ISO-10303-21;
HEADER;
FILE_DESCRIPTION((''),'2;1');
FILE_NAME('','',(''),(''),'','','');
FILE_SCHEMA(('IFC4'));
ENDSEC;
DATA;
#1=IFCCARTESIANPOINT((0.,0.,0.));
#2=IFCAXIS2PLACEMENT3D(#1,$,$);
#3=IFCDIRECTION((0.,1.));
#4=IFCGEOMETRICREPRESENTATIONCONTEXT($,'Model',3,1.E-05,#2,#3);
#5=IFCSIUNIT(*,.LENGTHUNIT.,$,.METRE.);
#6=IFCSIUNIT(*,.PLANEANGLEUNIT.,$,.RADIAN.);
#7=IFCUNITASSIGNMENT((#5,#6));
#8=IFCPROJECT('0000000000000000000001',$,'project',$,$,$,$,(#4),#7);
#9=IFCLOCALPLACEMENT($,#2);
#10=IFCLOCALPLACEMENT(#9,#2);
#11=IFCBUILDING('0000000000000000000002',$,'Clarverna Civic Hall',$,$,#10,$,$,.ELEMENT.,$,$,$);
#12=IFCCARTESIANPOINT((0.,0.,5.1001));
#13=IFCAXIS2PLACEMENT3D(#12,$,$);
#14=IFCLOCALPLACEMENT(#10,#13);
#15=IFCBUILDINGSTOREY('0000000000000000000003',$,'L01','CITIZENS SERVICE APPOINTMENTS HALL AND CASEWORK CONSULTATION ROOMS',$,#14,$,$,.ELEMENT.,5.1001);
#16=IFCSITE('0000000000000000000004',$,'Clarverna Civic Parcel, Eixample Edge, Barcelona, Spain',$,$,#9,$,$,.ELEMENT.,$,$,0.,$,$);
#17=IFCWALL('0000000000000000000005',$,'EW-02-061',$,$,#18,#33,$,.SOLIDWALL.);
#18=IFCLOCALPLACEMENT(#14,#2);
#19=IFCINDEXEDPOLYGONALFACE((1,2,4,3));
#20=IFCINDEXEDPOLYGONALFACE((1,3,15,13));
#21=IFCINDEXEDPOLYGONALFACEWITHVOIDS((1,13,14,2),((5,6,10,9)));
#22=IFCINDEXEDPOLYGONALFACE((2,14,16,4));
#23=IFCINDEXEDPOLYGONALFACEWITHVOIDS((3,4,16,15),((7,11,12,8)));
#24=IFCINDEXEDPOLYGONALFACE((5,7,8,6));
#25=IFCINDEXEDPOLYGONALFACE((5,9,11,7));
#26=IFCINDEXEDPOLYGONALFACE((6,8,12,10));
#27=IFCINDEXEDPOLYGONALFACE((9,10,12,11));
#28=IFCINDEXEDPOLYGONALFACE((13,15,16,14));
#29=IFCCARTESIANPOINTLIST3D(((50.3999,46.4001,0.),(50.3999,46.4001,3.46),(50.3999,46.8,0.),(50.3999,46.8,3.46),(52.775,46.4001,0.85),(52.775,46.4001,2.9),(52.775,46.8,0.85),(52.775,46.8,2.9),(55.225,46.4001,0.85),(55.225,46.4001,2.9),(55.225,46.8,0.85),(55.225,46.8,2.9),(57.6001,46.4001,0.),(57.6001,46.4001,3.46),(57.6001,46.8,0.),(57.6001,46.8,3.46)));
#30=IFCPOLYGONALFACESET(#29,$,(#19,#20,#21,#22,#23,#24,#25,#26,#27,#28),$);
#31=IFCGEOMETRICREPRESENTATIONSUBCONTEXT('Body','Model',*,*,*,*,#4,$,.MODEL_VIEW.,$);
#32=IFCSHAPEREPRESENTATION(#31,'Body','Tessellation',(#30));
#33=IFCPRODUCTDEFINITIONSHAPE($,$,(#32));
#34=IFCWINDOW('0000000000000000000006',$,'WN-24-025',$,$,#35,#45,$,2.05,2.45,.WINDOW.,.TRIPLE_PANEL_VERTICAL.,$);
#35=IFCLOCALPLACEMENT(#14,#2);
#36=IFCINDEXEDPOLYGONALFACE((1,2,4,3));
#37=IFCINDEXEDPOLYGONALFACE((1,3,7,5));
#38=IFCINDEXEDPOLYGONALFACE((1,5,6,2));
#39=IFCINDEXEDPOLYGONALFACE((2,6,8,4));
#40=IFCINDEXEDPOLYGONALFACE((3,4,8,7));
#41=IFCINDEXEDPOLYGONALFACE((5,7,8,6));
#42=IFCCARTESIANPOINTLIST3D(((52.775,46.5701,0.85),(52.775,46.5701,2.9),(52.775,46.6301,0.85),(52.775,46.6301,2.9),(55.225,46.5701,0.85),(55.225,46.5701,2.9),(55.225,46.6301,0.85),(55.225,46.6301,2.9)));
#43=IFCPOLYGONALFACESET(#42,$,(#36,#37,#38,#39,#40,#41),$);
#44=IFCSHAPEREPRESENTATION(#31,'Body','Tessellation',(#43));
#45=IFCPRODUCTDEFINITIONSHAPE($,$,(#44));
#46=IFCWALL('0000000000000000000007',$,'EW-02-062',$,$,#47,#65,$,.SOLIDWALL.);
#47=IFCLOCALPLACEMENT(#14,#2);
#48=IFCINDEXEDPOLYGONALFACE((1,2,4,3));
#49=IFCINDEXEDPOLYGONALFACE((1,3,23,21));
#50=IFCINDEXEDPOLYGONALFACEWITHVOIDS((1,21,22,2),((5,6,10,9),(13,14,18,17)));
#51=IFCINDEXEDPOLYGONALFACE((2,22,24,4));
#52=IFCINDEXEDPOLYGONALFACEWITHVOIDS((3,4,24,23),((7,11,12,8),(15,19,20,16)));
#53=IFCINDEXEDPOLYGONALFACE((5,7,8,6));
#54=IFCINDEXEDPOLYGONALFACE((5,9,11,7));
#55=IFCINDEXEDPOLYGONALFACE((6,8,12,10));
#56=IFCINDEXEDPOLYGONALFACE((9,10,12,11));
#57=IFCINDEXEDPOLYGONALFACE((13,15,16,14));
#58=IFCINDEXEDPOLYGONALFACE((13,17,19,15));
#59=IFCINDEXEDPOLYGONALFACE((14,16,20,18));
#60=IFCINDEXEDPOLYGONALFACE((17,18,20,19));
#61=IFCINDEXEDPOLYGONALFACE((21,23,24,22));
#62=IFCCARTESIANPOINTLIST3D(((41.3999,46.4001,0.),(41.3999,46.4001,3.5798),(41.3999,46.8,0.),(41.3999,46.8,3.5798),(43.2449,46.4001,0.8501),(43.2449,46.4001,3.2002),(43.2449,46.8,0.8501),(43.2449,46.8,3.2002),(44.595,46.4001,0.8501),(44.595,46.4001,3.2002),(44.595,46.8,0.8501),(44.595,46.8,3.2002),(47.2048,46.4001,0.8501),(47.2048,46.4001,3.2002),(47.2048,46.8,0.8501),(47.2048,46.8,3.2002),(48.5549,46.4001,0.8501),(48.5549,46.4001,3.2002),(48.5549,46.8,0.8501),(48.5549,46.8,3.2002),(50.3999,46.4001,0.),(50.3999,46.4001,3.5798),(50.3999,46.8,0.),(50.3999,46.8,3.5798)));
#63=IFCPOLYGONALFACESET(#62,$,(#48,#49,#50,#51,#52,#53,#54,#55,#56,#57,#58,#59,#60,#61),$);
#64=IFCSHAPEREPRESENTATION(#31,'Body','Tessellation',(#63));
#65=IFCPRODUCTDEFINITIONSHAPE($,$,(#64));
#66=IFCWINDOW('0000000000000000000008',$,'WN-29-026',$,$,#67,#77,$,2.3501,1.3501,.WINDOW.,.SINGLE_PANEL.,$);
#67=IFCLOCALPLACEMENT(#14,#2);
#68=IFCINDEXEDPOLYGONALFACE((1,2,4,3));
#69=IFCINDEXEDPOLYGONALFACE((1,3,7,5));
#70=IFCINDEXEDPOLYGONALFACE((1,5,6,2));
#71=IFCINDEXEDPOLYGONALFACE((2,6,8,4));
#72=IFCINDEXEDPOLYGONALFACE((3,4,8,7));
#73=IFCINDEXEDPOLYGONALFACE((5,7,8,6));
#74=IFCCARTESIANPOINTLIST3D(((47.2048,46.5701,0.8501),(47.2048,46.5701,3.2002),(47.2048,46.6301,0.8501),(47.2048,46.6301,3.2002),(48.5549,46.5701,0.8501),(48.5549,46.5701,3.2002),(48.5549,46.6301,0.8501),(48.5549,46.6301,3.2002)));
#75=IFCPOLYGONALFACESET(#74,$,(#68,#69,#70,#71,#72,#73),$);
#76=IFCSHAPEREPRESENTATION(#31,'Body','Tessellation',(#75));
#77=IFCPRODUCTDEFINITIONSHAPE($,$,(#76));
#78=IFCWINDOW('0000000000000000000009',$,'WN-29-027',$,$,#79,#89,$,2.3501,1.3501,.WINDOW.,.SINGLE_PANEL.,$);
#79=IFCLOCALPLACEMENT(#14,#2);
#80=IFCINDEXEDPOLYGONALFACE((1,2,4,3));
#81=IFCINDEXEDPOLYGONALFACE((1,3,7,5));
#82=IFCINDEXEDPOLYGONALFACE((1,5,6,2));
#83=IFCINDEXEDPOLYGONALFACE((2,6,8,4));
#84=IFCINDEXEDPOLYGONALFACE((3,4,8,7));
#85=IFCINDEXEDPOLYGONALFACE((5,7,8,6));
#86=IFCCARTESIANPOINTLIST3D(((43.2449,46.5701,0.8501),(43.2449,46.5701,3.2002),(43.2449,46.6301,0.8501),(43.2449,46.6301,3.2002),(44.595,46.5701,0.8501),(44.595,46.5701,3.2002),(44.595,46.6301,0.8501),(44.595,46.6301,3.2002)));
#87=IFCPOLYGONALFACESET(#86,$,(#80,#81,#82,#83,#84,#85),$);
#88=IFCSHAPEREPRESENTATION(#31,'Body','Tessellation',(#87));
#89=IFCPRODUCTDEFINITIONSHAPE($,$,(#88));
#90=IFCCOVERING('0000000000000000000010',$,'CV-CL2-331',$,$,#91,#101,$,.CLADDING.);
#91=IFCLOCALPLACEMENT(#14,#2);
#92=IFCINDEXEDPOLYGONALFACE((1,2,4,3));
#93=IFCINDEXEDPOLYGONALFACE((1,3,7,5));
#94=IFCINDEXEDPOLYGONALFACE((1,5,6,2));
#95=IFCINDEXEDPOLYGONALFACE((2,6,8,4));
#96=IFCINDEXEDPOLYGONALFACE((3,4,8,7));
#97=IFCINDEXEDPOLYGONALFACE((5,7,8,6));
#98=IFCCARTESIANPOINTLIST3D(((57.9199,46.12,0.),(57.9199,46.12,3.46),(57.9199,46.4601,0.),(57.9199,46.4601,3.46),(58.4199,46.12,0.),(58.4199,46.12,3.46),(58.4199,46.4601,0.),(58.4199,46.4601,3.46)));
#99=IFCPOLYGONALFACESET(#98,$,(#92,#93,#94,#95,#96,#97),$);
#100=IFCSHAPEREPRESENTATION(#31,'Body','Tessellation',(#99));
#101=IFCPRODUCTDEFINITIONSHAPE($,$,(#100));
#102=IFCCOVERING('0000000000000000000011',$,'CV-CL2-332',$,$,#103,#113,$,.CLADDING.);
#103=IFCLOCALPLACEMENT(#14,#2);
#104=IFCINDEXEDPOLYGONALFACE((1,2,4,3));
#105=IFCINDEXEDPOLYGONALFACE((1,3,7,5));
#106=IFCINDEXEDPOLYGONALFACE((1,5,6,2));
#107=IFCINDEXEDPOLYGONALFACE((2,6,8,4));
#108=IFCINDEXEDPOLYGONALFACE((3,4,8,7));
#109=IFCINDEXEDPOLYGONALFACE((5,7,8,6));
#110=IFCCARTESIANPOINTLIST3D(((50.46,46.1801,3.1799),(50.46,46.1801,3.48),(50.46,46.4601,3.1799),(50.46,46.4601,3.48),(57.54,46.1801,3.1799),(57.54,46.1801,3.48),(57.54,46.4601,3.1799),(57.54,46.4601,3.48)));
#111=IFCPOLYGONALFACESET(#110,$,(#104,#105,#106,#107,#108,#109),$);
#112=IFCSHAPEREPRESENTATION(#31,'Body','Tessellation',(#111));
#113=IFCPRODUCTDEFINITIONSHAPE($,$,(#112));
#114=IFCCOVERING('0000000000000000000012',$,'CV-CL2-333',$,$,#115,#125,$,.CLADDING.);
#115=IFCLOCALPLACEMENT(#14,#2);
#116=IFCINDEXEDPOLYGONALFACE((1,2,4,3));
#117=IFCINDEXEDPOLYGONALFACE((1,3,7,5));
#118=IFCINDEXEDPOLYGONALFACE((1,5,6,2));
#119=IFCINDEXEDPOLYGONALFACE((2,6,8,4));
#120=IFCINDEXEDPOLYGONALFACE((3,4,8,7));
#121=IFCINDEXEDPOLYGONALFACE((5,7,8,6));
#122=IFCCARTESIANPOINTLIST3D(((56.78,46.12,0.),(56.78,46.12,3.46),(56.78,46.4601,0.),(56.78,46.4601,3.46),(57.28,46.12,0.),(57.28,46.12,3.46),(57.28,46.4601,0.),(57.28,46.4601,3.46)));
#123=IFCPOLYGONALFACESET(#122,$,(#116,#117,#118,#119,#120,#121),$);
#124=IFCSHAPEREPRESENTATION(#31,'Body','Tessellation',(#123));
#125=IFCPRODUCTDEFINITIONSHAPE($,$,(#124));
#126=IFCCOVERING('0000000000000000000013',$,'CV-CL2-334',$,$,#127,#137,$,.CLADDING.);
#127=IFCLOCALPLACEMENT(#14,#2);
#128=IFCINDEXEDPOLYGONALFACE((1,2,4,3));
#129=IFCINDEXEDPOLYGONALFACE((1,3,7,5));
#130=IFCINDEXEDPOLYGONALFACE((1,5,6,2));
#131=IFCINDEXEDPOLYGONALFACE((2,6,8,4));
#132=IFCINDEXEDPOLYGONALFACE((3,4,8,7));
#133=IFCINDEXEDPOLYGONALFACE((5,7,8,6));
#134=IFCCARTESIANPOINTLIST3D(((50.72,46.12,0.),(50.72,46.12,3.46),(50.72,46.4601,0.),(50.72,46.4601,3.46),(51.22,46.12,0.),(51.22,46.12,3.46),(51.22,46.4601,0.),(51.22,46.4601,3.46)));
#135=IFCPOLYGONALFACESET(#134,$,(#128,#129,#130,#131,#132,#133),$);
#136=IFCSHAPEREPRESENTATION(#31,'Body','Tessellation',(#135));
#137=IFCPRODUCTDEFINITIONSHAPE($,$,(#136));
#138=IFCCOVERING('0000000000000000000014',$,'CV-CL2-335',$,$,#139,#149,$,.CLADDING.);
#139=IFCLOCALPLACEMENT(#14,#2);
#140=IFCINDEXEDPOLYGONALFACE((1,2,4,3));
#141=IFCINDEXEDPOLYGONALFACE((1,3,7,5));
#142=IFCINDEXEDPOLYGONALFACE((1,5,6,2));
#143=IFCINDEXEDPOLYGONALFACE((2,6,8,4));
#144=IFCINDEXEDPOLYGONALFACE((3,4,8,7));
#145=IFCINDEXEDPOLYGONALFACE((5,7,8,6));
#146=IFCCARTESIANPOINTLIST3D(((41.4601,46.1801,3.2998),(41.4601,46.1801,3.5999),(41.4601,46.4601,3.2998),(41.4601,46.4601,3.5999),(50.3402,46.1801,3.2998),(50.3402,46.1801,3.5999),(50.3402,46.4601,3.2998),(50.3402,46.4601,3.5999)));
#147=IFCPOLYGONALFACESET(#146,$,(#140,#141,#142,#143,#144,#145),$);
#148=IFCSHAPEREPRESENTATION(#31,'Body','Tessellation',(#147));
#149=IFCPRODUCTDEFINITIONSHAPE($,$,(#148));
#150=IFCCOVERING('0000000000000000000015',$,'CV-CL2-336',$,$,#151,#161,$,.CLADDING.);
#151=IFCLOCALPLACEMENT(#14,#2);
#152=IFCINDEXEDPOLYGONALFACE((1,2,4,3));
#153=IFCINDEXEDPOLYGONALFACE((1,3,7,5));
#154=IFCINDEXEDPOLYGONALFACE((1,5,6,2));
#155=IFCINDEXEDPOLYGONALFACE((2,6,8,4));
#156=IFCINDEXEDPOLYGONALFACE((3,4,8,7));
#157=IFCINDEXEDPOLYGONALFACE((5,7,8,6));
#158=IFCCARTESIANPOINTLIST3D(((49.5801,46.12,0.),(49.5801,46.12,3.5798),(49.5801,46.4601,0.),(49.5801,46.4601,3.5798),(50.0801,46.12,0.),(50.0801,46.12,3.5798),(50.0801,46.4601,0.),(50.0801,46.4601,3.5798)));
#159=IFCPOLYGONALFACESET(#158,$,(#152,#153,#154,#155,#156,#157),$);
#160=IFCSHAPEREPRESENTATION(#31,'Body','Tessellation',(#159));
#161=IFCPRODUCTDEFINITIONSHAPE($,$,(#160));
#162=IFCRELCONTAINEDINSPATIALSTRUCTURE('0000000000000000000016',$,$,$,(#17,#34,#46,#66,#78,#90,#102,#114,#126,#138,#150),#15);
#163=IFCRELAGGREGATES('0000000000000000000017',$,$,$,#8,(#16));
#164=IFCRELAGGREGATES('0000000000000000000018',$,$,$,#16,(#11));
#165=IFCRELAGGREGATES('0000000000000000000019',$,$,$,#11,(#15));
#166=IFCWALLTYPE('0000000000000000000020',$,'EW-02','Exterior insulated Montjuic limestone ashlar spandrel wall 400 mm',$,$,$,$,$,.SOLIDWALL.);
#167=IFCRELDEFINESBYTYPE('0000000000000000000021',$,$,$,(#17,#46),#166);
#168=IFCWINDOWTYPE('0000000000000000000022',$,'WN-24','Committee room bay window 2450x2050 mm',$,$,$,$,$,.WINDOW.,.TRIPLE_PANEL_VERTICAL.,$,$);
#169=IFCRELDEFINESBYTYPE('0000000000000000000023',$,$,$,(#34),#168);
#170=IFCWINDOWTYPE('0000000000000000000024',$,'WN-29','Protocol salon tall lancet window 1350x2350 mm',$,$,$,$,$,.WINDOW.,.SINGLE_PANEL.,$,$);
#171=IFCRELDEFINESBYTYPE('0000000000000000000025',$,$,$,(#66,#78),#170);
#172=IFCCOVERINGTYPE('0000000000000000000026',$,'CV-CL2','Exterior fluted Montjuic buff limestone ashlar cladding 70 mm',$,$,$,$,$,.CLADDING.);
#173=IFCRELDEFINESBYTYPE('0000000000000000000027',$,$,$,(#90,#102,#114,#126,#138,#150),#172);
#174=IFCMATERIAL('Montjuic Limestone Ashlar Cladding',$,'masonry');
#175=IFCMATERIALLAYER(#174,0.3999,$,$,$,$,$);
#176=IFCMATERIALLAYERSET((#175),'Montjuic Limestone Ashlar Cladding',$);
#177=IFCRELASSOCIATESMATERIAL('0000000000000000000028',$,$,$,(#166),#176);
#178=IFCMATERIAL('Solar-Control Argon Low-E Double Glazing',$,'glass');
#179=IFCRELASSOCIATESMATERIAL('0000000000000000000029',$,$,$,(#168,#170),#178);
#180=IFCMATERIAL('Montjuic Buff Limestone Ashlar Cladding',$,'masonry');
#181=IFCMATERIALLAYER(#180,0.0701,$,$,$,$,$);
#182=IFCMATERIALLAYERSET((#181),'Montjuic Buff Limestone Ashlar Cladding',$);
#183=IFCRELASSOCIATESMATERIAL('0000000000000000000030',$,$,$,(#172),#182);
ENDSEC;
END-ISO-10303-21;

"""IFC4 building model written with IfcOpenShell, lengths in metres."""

from ifc_helpers import new_model, si_unit, direction, frame, frame_2d, origin, place, context, subcontext, project, spatial, rectangle, extrude, material, layer, layer_set, type_object, element, fill, save


model = new_model("IFC4")

# Units and contexts
model_context = context("Model", 3, precision=1e-05, world=origin(), true_north=direction((0.0, 1.0)))
body_context = subcontext(model_context, "Body", "Model", "MODEL_VIEW")
ifc_project = project(units=[si_unit("LENGTHUNIT", "METRE"), si_unit("PLANEANGLEUNIT", "RADIAN")], contexts=[model_context])

# Site, building, storey
site_placement = place(None, origin())
site = spatial("IfcSite", under=ifc_project, at=site_placement, Name="Clarverna Civic Parcel, Eixample Edge, Barcelona, Spain", CompositionType="ELEMENT", RefElevation=0.0)
building_placement = place(site_placement, origin())
building = spatial("IfcBuilding", under=site, at=building_placement, Name="Clarverna Civic Hall", CompositionType="ELEMENT")
storey_placement = place(building_placement, frame((0.0, 0.0, 5.1001)))
storey = spatial("IfcBuildingStorey", under=building, at=storey_placement, Name="L01", Description="CITIZENS SERVICE APPOINTMENTS HALL AND CASEWORK CONSULTATION ROOMS", CompositionType="ELEMENT", Elevation=5.1001)

# Wall, opening, window
ifc_material_1 = material(Name="Montjuic Limestone Ashlar Cladding", Category="masonry")
ifc_layer_1 = layer(ifc_material_1, 0.3999)
ifc_layer_set_1 = layer_set([ifc_layer_1], Name="Montjuic Limestone Ashlar Cladding")
wall_type = type_object("IfcWallType", Name="EW-02", Description="Exterior insulated Montjuic limestone ashlar spandrel wall 400 mm", PredefinedType="SOLIDWALL", material=ifc_layer_set_1)
wall_1_placement = place(storey_placement, frame((57.6001, 46.6001, 0.0), z_axis=(0.0, 0.0, 1.0), x_axis=(-1.0, 0.0, 0.0)))
wall_1 = element("IfcWall", 1, at=wall_1_placement, inside=storey, type_object=wall_type, Name="EW-02-061", PredefinedType="SOLIDWALL", context=body_context, shape_type="SweptSolid", body=[
    extrude(rectangle(XDim=7.2002, YDim=0.3999, at=frame_2d((3.6001, 0.0))), origin(), (0.0, 0.0, 1.0), 3.46),
])
opening_1_placement = place(wall_1_placement, frame((2.375, 0.0, 0.8501)))
opening_1 = element("IfcOpeningElement", 2, at=opening_1_placement, cuts=wall_1, PredefinedType="OPENING", context=body_context, shape_type="SweptSolid", body=[
    extrude(rectangle(XDim=2.45, YDim=2.05, at=frame_2d((1.2251, 1.0249))), frame((0.0, 0.21, 0.0), z_axis=(0.0, -1.0, 0.0), x_axis=(1.0, 0.0, 0.0)), (0.0, 0.0, 1.0), 0.4199),
])
ifc_material_2 = material(Name="Solar-Control Argon Low-E Double Glazing", Category="glass")
window_type_1 = type_object("IfcWindowType", Name="WN-24", Description="Committee room bay window 2450x2050 mm", PartitioningType="TRIPLE_PANEL_VERTICAL", PredefinedType="WINDOW", material=ifc_material_2)
window_1_placement = place(opening_1_placement, origin())
window_1 = element("IfcWindow", 3, at=window_1_placement, inside=storey, type_object=window_type_1, Name="WN-24-025", OverallHeight=2.05, OverallWidth=2.45, PartitioningType="TRIPLE_PANEL_VERTICAL", PredefinedType="WINDOW", context=body_context, shape_type="SweptSolid", body=[
    extrude(rectangle(XDim=2.45, YDim=2.05, at=frame_2d((1.2251, 1.0249))), frame((0.0, 0.03, 0.0), z_axis=(0.0, -1.0, 0.0), x_axis=(1.0, 0.0, 0.0)), (0.0, 0.0, 1.0), 0.0601),
])
fill(opening_1, window_1)

# Wall, openings, windows
wall_2_placement = place(storey_placement, frame((50.3999, 46.6001, 0.0), z_axis=(0.0, 0.0, 1.0), x_axis=(-1.0, 0.0, 0.0)))
wall_2 = element("IfcWall", 4, at=wall_2_placement, inside=storey, type_object=wall_type, Name="EW-02-062", PredefinedType="SOLIDWALL", context=body_context, shape_type="SweptSolid", body=[
    extrude(rectangle(XDim=9.0, YDim=0.3999, at=frame_2d((4.5, 0.0))), origin(), (0.0, 0.0, 1.0), 3.5798),
])
opening_2_placement = place(wall_2_placement, frame((1.845, 0.0, 0.8501)))
opening_2 = element("IfcOpeningElement", 5, at=opening_2_placement, cuts=wall_2, PredefinedType="OPENING", context=body_context, shape_type="SweptSolid", body=[
    extrude(rectangle(XDim=1.3501, YDim=2.3501, at=frame_2d((0.675, 1.175))), frame((0.0, 0.21, 0.0), z_axis=(0.0, -1.0, 0.0), x_axis=(1.0, 0.0, 0.0)), (0.0, 0.0, 1.0), 0.4199),
])
opening_3_placement = place(wall_2_placement, frame((5.8049, 0.0, 0.8501)))
opening_3 = element("IfcOpeningElement", 6, at=opening_3_placement, cuts=wall_2, PredefinedType="OPENING", context=body_context, shape_type="SweptSolid", body=[
    extrude(rectangle(XDim=1.3501, YDim=2.3501, at=frame_2d((0.675, 1.175))), frame((0.0, 0.21, 0.0), z_axis=(0.0, -1.0, 0.0), x_axis=(1.0, 0.0, 0.0)), (0.0, 0.0, 1.0), 0.4199),
])
window_type_2 = type_object("IfcWindowType", Name="WN-29", Description="Protocol salon tall lancet window 1350x2350 mm", PartitioningType="SINGLE_PANEL", PredefinedType="WINDOW", material=ifc_material_2)
window_2_placement = place(opening_2_placement, origin())
window_2 = element("IfcWindow", 7, at=window_2_placement, inside=storey, type_object=window_type_2, Name="WN-29-026", OverallHeight=2.3501, OverallWidth=1.3501, PartitioningType="SINGLE_PANEL", PredefinedType="WINDOW", context=body_context, shape_type="SweptSolid", body=[
    extrude(rectangle(XDim=1.3501, YDim=2.3501, at=frame_2d((0.675, 1.175))), frame((0.0, 0.03, 0.0), z_axis=(0.0, -1.0, 0.0), x_axis=(1.0, 0.0, 0.0)), (0.0, 0.0, 1.0), 0.0601),
])
fill(opening_2, window_2)
window_3_placement = place(opening_3_placement, origin())
window_3 = element("IfcWindow", 8, at=window_3_placement, inside=storey, type_object=window_type_2, Name="WN-29-027", OverallHeight=2.3501, OverallWidth=1.3501, PartitioningType="SINGLE_PANEL", PredefinedType="WINDOW", context=body_context, shape_type="SweptSolid", body=[
    extrude(rectangle(XDim=1.3501, YDim=2.3501, at=frame_2d((0.675, 1.175))), frame((0.0, 0.03, 0.0), z_axis=(0.0, -1.0, 0.0), x_axis=(1.0, 0.0, 0.0)), (0.0, 0.0, 1.0), 0.0601),
])
fill(opening_3, window_3)

# Coverings
ifc_material_3 = material(Name="Montjuic Buff Limestone Ashlar Cladding", Category="masonry")
ifc_layer_2 = layer(ifc_material_3, 0.0701)
ifc_layer_set_2 = layer_set([ifc_layer_2], Name="Montjuic Buff Limestone Ashlar Cladding")
covering_type = type_object("IfcCoveringType", Name="CV-CL2", Description="Exterior fluted Montjuic buff limestone ashlar cladding 70 mm", PredefinedType="CLADDING", material=ifc_layer_set_2)
covering_1_placement = place(storey_placement, frame((58.4199, 46.29, 0.0), z_axis=(0.0, 0.0, 1.0), x_axis=(-1.0, 0.0, 0.0)))
element("IfcCovering", 9, at=covering_1_placement, inside=storey, type_object=covering_type, Name="CV-CL2-331", PredefinedType="CLADDING", context=body_context, shape_type="SweptSolid", body=[
    extrude(rectangle(XDim=0.5, YDim=0.3401, at=frame_2d((0.25, 0.0))), origin(), (0.0, 0.0, 1.0), 3.46),
])
covering_2_placement = place(storey_placement, frame((57.54, 46.3201, 3.1799), z_axis=(0.0, 0.0, 1.0), x_axis=(-1.0, 0.0, 0.0)))
element("IfcCovering", 10, at=covering_2_placement, inside=storey, type_object=covering_type, Name="CV-CL2-332", PredefinedType="CLADDING", context=body_context, shape_type="SweptSolid", body=[
    extrude(rectangle(XDim=7.0801, YDim=0.28, at=frame_2d((3.54, 0.0))), origin(), (0.0, 0.0, 1.0), 0.3),
])
for number, where, z_axis, x_axis, name in (
    (11, (57.28, 46.29, 0.0), (0.0, 0.0, 1.0), (-1.0, 0.0, 0.0), "CV-CL2-333"),
    (12, (51.22, 46.29, 0.0), (0.0, 0.0, 1.0), (-1.0, 0.0, 0.0), "CV-CL2-334"),
):
    element("IfcCovering", number, at=place(storey_placement, frame(where, z_axis=z_axis, x_axis=x_axis)), inside=storey, type_object=covering_type, Name=name, PredefinedType="CLADDING", context=body_context, shape_type="SweptSolid", body=[
        extrude(rectangle(XDim=0.5, YDim=0.3401, at=frame_2d((0.25, 0.0))), origin(), (0.0, 0.0, 1.0), 3.46),
    ])
covering_3_placement = place(storey_placement, frame((50.3401, 46.3201, 3.2998), z_axis=(0.0, 0.0, 1.0), x_axis=(-1.0, 0.0, 0.0)))
element("IfcCovering", 13, at=covering_3_placement, inside=storey, type_object=covering_type, Name="CV-CL2-335", PredefinedType="CLADDING", context=body_context, shape_type="SweptSolid", body=[
    extrude(rectangle(XDim=8.8801, YDim=0.28, at=frame_2d((4.4399, 0.0))), origin(), (0.0, 0.0, 1.0), 0.3),
])
covering_4_placement = place(storey_placement, frame((50.0801, 46.29, 0.0), z_axis=(0.0, 0.0, 1.0), x_axis=(-1.0, 0.0, 0.0)))
element("IfcCovering", 14, at=covering_4_placement, inside=storey, type_object=covering_type, Name="CV-CL2-336", PredefinedType="CLADDING", context=body_context, shape_type="SweptSolid", body=[
    extrude(rectangle(XDim=0.5, YDim=0.3401, at=frame_2d((0.25, 0.0))), origin(), (0.0, 0.0, 1.0), 3.5798),
])

save(model, "model.ifc")
